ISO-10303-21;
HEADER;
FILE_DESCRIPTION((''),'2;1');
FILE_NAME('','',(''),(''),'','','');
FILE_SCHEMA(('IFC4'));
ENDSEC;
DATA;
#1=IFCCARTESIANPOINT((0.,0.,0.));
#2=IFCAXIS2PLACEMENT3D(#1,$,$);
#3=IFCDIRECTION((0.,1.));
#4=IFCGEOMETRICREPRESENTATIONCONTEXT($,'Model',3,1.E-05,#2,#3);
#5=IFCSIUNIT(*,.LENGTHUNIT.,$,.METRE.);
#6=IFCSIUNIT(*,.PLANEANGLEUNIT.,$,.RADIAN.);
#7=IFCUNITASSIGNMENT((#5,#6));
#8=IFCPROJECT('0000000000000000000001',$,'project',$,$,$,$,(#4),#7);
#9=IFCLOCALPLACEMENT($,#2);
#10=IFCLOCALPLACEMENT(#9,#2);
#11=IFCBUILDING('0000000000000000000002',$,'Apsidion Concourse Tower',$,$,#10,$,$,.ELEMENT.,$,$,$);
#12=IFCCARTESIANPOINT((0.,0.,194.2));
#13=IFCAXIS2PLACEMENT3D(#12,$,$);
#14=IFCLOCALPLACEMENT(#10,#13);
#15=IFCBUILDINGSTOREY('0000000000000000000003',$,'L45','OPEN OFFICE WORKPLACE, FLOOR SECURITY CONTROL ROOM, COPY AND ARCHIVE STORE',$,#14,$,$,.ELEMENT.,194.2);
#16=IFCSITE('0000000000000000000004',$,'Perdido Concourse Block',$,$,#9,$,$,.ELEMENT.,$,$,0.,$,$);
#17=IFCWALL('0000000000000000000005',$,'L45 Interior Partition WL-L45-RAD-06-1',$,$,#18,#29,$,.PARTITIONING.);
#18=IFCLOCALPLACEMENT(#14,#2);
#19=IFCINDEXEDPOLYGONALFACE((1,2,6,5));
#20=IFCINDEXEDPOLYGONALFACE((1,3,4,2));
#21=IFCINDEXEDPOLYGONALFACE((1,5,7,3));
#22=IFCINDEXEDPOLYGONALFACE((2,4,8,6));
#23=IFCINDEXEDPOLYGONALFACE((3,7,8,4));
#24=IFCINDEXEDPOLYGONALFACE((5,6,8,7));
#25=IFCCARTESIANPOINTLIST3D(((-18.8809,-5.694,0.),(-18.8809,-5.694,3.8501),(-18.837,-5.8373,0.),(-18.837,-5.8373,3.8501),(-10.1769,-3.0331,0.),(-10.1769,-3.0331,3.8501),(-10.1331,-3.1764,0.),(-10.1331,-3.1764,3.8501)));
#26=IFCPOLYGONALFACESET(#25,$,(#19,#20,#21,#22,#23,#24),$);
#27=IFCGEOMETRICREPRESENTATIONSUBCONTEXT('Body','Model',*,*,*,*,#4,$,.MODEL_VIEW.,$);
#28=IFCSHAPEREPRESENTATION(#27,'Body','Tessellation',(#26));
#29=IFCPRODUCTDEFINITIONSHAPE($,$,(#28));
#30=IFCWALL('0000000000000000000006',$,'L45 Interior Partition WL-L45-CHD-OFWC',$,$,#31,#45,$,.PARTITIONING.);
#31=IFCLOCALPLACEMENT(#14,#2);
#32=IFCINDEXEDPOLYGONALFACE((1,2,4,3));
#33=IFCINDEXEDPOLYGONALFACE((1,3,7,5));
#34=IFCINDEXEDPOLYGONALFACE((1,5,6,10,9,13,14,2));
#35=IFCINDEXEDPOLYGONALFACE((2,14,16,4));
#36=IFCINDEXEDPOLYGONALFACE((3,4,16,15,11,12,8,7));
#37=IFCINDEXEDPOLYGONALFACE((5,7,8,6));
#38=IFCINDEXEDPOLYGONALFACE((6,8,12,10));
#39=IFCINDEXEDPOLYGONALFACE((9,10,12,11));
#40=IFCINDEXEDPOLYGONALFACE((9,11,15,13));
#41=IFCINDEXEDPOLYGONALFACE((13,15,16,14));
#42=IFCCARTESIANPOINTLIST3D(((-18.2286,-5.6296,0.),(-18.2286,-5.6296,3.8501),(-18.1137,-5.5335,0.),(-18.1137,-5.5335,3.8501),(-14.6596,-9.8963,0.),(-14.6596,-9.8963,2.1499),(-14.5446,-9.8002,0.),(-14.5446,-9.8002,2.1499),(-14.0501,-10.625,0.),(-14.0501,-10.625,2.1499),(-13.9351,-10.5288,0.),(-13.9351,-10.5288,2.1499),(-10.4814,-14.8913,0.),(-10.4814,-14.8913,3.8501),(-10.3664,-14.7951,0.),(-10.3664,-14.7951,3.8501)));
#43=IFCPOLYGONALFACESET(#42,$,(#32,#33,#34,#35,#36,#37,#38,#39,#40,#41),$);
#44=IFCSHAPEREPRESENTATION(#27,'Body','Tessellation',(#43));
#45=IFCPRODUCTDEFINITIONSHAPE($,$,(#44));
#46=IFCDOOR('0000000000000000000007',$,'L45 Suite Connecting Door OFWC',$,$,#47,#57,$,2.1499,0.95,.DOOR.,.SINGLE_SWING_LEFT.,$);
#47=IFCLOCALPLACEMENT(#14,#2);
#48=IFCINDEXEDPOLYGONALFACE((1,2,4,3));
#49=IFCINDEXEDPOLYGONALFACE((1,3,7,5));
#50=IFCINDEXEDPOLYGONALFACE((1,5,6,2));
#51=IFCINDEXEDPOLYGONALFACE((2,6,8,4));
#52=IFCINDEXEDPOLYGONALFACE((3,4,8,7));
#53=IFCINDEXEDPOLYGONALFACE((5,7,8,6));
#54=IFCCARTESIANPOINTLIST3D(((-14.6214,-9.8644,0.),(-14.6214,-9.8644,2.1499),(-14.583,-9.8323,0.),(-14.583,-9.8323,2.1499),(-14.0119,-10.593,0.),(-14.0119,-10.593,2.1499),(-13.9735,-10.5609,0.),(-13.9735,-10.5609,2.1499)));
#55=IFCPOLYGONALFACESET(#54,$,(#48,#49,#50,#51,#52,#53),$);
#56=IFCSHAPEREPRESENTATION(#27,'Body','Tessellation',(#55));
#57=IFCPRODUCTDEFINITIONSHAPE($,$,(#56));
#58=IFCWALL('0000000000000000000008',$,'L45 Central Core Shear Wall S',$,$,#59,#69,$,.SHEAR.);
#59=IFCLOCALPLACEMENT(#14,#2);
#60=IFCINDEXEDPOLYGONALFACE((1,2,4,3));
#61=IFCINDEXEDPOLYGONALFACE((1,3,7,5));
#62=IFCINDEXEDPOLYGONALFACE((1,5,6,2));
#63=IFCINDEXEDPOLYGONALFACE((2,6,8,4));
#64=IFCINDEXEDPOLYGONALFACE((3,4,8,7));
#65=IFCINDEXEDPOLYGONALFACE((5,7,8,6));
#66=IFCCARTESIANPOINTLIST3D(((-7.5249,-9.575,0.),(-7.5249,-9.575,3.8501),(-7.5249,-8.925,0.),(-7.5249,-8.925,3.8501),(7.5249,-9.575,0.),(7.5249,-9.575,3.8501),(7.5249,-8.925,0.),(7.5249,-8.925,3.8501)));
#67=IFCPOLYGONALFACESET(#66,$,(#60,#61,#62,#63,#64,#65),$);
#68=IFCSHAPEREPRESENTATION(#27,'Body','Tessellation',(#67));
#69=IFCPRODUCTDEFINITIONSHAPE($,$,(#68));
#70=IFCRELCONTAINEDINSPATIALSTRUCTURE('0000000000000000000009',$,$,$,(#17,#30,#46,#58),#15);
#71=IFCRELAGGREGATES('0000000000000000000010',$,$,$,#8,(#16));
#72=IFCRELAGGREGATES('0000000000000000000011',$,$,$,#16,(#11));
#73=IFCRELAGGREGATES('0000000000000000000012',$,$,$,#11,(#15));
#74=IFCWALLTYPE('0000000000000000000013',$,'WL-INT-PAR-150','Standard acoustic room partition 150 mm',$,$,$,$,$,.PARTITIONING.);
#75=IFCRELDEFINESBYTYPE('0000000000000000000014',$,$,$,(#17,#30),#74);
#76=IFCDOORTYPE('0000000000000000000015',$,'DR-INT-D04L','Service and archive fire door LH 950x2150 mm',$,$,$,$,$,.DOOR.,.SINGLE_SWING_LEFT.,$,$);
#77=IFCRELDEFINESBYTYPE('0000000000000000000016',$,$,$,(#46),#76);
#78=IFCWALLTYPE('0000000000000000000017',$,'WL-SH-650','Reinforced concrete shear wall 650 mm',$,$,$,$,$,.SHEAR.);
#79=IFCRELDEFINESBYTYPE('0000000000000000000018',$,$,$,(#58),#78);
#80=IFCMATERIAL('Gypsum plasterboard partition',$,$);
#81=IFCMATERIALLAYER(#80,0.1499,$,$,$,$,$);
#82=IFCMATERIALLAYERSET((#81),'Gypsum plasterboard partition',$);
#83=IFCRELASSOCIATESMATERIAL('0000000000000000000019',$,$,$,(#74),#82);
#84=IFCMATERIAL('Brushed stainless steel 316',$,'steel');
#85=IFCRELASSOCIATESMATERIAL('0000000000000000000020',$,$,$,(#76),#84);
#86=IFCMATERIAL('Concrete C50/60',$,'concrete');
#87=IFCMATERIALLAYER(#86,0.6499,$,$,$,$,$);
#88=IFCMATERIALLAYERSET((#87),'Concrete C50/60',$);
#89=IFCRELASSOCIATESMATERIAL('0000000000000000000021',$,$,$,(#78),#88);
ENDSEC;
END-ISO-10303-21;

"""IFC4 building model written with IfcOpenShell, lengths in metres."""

from ifc_helpers import new_model, si_unit, direction, frame, frame_2d, origin, place, context, subcontext, project, spatial, rectangle, extrude, material, layer, layer_set, type_object, element, fill, save


model = new_model("IFC4")

# Units and contexts
model_context = context("Model", 3, precision=1e-05, world=origin(), true_north=direction((0.0, 1.0)))
body_context = subcontext(model_context, "Body", "Model", "MODEL_VIEW")
ifc_project = project(units=[si_unit("LENGTHUNIT", "METRE"), si_unit("PLANEANGLEUNIT", "RADIAN")], contexts=[model_context])

# Site, building, storey
site_placement = place(None, origin())
site = spatial("IfcSite", under=ifc_project, at=site_placement, Name="Perdido Concourse Block", CompositionType="ELEMENT", RefElevation=0.0)
building_placement = place(site_placement, origin())
building = spatial("IfcBuilding", under=site, at=building_placement, Name="Apsidion Concourse Tower", CompositionType="ELEMENT")
storey_placement = place(building_placement, frame((0.0, 0.0, 194.2)))
storey = spatial("IfcBuildingStorey", under=building, at=storey_placement, Name="L45", Description="OPEN OFFICE WORKPLACE, FLOOR SECURITY CONTROL ROOM, COPY AND ARCHIVE STORE", CompositionType="ELEMENT", Elevation=194.2)

# Shared definitions
ifc_material_1 = material(Name="Concrete C50/60", Category="concrete")

# Shared definitions
ifc_material_2 = material(Name="Gypsum plasterboard partition")
ifc_layer_1 = layer(ifc_material_2, 0.1499)
ifc_layer_set_1 = layer_set([ifc_layer_1], Name="Gypsum plasterboard partition")
wall_type_1 = type_object("IfcWallType", Name="WL-INT-PAR-150", Description="Standard acoustic room partition 150 mm", PredefinedType="PARTITIONING", material=ifc_layer_set_1)

# Shared definitions
ifc_material_3 = material(Name="Brushed stainless steel 316", Category="steel")

# Wall
wall_1_placement = place(storey_placement, frame((-10.155, -3.1047, 0.0), z_axis=(0.0, 0.0, 1.0), x_axis=(-0.956309, -0.292357, 0.0)))
element("IfcWall", 1, at=wall_1_placement, inside=storey, type_object=wall_type_1, Name="L45 Interior Partition WL-L45-RAD-06-1", PredefinedType="PARTITIONING", context=body_context, shape_type="SweptSolid", body=[
    extrude(rectangle(XDim=9.1016, YDim=0.1499, at=frame_2d((4.5508, 0.0))), origin(), (0.0, 0.0, 1.0), 3.8501),
])

# Wall, opening, door
wall_2_placement = place(storey_placement, frame((-18.1711, -5.5815, 0.0), z_axis=(0.0, 0.0, 1.0), x_axis=(0.641611, -0.76703, 0.0)))
wall_2 = element("IfcWall", 2, at=wall_2_placement, inside=storey, type_object=wall_type_1, Name="L45 Interior Partition WL-L45-CHD-OFWC", PredefinedType="PARTITIONING", context=body_context, shape_type="SweptSolid", body=[
    extrude(rectangle(XDim=12.0747, YDim=0.1499, at=frame_2d((6.0374, 0.0))), origin(), (0.0, 0.0, 1.0), 3.8501),
])
opening_1_placement = place(wall_2_placement, frame((5.5625, 0.0, 0.0)))
opening_1 = element("IfcOpeningElement", 3, at=opening_1_placement, cuts=wall_2, PredefinedType="OPENING", context=body_context, shape_type="SweptSolid", body=[
    extrude(rectangle(XDim=0.95, YDim=2.1499, at=frame_2d((0.4751, 1.075))), frame((0.0, 0.085, 0.0), z_axis=(0.0, -1.0, 0.0), x_axis=(1.0, 0.0, 0.0)), (0.0, 0.0, 1.0), 0.1699),
])
door_type_1 = type_object("IfcDoorType", Name="DR-INT-D04L", Description="Service and archive fire door LH 950x2150 mm", OperationType="SINGLE_SWING_LEFT", PredefinedType="DOOR", material=ifc_material_3)
door_1_placement = place(opening_1_placement, origin())
door_1 = element("IfcDoor", 4, at=door_1_placement, inside=storey, type_object=door_type_1, Name="L45 Suite Connecting Door OFWC", OperationType="SINGLE_SWING_LEFT", OverallHeight=2.1499, OverallWidth=0.95, PredefinedType="DOOR", context=body_context, shape_type="SweptSolid", body=[
    extrude(rectangle(XDim=0.95, YDim=2.1499, at=frame_2d((0.4751, 1.075))), frame((0.0, 0.0249, 0.0), z_axis=(0.0, -1.0, 0.0), x_axis=(1.0, 0.0, 0.0)), (0.0, 0.0, 1.0), 0.05),
])
fill(opening_1, door_1)

# Shared definitions
ifc_layer_2 = layer(ifc_material_1, 0.6499)
ifc_layer_set_2 = layer_set([ifc_layer_2], Name="Concrete C50/60")
wall_type_2 = type_object("IfcWallType", Name="WL-SH-650", Description="Reinforced concrete shear wall 650 mm", PredefinedType="SHEAR", material=ifc_layer_set_2)

# Wall
wall_3_placement = place(storey_placement, frame((-7.5249, -9.25, 0.0), z_axis=(0.0, 0.0, 1.0), x_axis=(1.0, 0.0, 0.0)))
element("IfcWall", 5, at=wall_3_placement, inside=storey, type_object=wall_type_2, Name="L45 Central Core Shear Wall S", PredefinedType="SHEAR", context=body_context, shape_type="SweptSolid", body=[
    extrude(rectangle(XDim=15.0498, YDim=0.6499, at=frame_2d((7.5249, 0.0))), origin(), (0.0, 0.0, 1.0), 3.8501),
])

save(model, "model.ifc")
